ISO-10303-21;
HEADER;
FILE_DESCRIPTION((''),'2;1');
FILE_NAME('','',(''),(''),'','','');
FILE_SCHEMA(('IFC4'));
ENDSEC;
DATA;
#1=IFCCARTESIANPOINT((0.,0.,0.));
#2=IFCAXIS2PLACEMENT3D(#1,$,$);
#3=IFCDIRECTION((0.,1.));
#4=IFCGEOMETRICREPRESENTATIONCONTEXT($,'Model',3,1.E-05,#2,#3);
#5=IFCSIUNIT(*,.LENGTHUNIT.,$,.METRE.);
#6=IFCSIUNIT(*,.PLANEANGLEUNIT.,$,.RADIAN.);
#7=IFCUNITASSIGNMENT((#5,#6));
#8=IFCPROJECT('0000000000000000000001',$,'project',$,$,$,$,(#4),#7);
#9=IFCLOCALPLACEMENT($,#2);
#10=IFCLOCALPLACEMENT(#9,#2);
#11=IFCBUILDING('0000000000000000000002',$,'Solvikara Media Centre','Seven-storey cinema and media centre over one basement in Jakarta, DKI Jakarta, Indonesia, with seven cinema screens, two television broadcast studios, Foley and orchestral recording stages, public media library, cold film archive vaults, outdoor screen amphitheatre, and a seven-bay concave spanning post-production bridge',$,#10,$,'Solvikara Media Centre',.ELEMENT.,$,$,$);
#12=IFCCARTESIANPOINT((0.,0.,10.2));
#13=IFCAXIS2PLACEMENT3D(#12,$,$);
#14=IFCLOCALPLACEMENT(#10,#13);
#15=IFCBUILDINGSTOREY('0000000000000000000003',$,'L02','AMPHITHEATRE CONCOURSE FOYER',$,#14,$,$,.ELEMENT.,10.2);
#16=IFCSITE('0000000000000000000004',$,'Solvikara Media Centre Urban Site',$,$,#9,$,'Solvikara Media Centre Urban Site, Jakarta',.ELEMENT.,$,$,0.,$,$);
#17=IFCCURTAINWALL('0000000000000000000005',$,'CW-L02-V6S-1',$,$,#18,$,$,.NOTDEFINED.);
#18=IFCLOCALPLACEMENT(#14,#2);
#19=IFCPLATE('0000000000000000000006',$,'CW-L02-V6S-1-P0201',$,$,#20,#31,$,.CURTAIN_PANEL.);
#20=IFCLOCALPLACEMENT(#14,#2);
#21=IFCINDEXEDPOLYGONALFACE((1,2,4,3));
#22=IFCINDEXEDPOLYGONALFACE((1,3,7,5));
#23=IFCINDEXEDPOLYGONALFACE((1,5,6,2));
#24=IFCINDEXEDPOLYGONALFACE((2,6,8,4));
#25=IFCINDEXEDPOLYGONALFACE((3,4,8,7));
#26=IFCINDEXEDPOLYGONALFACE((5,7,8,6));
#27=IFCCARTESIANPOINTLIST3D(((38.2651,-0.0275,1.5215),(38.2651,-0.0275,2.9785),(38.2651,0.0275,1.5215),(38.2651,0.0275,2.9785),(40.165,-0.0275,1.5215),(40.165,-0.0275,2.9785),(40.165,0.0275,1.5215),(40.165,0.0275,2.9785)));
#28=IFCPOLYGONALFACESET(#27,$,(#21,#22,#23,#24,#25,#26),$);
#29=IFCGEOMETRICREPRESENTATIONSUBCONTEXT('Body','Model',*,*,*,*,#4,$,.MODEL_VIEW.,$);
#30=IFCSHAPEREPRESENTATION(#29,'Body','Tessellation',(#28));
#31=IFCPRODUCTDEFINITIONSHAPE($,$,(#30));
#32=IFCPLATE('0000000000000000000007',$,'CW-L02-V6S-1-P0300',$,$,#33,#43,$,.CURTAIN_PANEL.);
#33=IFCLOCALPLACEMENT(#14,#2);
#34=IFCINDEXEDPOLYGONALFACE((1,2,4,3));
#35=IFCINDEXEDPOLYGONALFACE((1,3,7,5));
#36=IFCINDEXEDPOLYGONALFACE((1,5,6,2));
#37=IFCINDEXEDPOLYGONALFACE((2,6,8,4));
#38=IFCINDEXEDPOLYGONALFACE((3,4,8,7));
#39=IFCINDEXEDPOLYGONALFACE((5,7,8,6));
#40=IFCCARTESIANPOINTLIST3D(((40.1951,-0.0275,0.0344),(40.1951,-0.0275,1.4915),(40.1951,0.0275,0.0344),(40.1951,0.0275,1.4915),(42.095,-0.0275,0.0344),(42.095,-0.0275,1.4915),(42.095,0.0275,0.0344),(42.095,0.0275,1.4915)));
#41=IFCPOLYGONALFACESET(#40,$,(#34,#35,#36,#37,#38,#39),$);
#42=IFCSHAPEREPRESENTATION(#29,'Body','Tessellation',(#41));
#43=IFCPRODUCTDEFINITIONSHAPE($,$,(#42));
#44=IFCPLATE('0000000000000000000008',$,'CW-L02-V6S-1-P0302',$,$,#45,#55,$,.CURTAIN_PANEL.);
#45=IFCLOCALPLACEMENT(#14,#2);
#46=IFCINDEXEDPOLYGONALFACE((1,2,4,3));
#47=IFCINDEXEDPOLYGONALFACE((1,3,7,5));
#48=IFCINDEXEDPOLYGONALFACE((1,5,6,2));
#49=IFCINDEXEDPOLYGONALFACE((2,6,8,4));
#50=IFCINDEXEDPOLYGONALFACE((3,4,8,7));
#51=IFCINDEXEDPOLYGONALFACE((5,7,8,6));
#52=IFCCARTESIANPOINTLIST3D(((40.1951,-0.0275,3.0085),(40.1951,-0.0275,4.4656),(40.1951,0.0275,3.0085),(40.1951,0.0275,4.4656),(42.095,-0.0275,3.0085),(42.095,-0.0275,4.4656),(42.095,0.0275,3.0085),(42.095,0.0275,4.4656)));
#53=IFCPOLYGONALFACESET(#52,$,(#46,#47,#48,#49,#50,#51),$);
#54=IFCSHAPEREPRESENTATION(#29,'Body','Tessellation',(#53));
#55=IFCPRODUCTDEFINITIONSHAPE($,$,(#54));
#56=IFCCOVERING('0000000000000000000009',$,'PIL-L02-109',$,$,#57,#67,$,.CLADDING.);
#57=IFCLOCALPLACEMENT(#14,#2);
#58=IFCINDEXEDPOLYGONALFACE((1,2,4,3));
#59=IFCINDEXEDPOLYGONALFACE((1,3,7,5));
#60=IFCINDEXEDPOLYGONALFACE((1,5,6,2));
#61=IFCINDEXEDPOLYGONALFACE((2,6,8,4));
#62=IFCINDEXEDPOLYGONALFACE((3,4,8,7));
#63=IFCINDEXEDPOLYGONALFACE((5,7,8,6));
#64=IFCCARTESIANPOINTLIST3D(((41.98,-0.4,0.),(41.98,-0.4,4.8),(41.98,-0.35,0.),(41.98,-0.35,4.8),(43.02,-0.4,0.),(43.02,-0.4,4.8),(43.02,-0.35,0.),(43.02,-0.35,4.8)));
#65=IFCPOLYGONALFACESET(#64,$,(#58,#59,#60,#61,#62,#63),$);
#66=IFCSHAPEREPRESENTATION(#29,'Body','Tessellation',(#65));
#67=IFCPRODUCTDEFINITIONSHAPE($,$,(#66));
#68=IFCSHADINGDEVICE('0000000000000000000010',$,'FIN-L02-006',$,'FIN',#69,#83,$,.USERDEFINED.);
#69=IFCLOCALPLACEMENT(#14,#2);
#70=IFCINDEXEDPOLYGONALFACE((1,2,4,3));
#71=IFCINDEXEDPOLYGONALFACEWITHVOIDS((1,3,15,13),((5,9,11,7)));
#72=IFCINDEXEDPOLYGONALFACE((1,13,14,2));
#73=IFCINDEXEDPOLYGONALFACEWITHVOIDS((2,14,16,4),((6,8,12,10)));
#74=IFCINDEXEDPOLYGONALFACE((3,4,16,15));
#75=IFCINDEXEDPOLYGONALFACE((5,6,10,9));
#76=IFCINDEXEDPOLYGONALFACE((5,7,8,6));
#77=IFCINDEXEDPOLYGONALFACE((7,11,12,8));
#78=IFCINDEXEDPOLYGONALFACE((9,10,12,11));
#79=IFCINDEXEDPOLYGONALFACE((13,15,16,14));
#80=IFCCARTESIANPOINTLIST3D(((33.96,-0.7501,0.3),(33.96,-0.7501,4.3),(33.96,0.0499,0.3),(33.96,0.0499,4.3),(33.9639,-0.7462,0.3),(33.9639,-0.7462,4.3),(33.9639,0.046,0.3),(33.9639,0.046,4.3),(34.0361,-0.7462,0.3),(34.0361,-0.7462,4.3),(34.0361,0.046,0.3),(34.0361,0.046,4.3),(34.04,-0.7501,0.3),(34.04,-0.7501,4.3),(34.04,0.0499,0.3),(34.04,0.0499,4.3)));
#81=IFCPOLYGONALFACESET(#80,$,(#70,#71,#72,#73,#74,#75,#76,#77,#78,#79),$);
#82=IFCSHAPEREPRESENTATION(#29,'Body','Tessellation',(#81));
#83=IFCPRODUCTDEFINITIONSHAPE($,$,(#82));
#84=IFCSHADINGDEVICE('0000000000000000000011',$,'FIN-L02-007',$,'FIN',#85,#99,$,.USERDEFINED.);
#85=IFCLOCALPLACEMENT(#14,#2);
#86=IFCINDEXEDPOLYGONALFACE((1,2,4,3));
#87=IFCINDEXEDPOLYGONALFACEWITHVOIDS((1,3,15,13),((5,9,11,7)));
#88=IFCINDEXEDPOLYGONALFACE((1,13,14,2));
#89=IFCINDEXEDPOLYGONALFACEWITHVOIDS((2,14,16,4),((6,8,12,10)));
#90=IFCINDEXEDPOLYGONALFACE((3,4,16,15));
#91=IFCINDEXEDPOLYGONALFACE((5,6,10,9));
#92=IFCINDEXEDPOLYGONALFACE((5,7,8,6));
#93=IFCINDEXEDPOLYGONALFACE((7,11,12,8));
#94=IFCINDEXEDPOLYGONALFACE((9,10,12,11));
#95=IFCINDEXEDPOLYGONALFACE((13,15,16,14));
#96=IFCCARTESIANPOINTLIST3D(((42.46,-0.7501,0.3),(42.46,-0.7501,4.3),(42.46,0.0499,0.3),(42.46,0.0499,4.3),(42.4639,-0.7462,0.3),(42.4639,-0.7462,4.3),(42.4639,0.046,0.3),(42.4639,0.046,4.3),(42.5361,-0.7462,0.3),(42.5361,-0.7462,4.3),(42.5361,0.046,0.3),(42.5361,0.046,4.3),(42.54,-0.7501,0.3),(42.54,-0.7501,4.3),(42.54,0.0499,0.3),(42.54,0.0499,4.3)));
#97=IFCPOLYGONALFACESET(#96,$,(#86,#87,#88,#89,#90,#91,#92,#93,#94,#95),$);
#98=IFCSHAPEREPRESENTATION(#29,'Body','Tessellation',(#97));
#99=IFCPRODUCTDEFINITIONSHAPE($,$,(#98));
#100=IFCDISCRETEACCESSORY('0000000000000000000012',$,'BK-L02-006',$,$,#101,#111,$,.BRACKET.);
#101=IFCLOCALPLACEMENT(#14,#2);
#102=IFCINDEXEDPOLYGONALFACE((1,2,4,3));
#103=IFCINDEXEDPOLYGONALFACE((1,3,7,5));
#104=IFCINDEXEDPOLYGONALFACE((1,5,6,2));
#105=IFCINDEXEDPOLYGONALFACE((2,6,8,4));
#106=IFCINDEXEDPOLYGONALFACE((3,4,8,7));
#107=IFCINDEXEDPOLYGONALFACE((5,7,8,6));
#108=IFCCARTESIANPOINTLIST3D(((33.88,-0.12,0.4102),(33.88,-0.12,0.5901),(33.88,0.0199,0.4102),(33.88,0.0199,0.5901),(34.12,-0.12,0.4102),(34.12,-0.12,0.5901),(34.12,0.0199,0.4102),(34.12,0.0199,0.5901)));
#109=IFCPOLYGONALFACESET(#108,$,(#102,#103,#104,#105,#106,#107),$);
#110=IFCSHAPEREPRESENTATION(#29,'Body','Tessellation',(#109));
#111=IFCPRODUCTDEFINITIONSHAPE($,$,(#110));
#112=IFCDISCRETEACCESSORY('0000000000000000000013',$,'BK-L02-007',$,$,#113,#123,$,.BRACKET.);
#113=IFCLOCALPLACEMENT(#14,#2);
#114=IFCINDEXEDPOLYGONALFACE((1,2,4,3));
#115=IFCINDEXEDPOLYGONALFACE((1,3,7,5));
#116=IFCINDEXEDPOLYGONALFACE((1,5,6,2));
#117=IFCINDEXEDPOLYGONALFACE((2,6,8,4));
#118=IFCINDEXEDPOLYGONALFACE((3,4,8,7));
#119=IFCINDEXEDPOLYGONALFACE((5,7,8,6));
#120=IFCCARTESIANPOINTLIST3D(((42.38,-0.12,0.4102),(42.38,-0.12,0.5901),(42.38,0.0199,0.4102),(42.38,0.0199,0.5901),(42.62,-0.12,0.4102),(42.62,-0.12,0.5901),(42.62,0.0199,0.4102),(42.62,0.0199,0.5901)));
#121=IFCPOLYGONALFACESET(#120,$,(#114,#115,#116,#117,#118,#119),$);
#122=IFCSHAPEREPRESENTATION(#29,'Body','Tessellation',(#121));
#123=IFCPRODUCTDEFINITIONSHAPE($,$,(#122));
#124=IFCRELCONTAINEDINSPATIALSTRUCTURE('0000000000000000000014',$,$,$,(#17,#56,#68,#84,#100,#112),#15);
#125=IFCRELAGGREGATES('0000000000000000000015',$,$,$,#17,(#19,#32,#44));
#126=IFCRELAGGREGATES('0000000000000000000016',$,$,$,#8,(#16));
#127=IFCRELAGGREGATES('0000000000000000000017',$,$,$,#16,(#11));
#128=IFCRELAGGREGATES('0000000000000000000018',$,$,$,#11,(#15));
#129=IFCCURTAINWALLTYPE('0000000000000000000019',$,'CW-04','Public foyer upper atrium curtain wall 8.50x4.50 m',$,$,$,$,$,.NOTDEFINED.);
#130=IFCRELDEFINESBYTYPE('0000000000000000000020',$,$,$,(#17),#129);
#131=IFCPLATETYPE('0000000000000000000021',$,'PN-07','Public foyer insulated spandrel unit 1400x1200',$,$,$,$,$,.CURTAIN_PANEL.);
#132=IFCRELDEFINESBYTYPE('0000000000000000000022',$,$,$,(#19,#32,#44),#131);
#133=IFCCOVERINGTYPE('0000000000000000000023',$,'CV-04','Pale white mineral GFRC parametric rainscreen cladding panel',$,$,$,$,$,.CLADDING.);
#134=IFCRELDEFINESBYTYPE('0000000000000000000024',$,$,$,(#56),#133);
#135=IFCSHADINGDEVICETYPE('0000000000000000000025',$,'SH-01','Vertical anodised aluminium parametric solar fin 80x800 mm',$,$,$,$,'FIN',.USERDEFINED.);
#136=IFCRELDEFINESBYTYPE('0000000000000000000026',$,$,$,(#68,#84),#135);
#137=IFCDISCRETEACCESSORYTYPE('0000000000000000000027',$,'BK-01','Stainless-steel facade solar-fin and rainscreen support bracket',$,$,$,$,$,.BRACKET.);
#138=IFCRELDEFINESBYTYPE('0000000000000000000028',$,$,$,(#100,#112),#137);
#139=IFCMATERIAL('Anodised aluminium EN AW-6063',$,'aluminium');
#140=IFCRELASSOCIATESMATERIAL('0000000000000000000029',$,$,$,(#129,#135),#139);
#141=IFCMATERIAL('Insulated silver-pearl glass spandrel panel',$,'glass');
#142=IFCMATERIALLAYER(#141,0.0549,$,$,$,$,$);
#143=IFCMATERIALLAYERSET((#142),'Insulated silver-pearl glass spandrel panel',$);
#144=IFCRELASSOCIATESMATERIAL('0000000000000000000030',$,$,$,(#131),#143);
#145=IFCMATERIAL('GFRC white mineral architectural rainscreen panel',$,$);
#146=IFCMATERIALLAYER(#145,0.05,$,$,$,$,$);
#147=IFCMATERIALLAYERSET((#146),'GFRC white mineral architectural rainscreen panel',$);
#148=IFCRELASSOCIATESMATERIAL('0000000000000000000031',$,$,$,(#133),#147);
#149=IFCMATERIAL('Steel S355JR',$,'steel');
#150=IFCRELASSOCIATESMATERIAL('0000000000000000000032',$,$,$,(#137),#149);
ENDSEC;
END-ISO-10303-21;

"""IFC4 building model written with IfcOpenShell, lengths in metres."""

from ifc_helpers import new_model, si_unit, direction, frame, origin, origin_2d, place, context, subcontext, project, spatial, rectangle, hollow_rectangle, extrude, material, layer, layer_set, material_profile, profile_set, type_object, element, aggregate, save


model = new_model("IFC4")

# Units and contexts
model_context = context("Model", 3, precision=1e-05, world=origin(), true_north=direction((0.0, 1.0)))
body_context = subcontext(model_context, "Body", "Model", "MODEL_VIEW")
ifc_project = project(units=[si_unit("LENGTHUNIT", "METRE"), si_unit("PLANEANGLEUNIT", "RADIAN")], contexts=[model_context])

# Site, building, storey
site_placement = place(None, origin())
site = spatial("IfcSite", under=ifc_project, at=site_placement, Name="Solvikara Media Centre Urban Site", LongName="Solvikara Media Centre Urban Site, Jakarta", CompositionType="ELEMENT", RefElevation=0.0)
building_placement = place(site_placement, origin())
building = spatial("IfcBuilding", under=site, at=building_placement, Name="Solvikara Media Centre", Description="Seven-storey cinema and media centre over one basement in Jakarta, DKI Jakarta, Indonesia, with seven cinema screens, two television broadcast studios, Foley and orchestral recording stages, public media library, cold film archive vaults, outdoor screen amphitheatre, and a seven-bay concave spanning post-production bridge", LongName="Solvikara Media Centre", CompositionType="ELEMENT")
storey_placement = place(building_placement, frame((0.0, 0.0, 10.2)))
storey = spatial("IfcBuildingStorey", under=building, at=storey_placement, Name="L02", Description="AMPHITHEATRE CONCOURSE FOYER", CompositionType="ELEMENT", Elevation=10.2)

# Shared definitions
ifc_material_1 = material(Name="Steel S355JR", Category="steel")

# Curtain wall
ifc_material_2 = material(Name="Anodised aluminium EN AW-6063", Category="aluminium")
curtain_wall_type = type_object("IfcCurtainWallType", Name="CW-04", Description="Public foyer upper atrium curtain wall 8.50x4.50 m", PredefinedType="NOTDEFINED", material=ifc_material_2)
curtain_wall_1_placement = place(storey_placement, origin())
curtain_wall_1 = element("IfcCurtainWall", 1, at=curtain_wall_1_placement, inside=storey, type_object=curtain_wall_type, Name="CW-L02-V6S-1", PredefinedType="NOTDEFINED")

# Plates
ifc_material_3 = material(Name="Insulated silver-pearl glass spandrel panel", Category="glass")
ifc_layer_1 = layer(ifc_material_3, 0.0549)
ifc_layer_set_1 = layer_set([ifc_layer_1], Name="Insulated silver-pearl glass spandrel panel")
plate_type_1 = type_object("IfcPlateType", Name="PN-07", Description="Public foyer insulated spandrel unit 1400x1200", PredefinedType="CURTAIN_PANEL", material=ifc_layer_set_1)
plate_1_placement = place(storey_placement, frame((39.2151, 0.0, 1.5215), z_axis=(0.0, 0.0, 1.0), x_axis=(1.0, 0.0, 0.0)))
plate_1 = element("IfcPlate", 2, at=plate_1_placement, type_object=plate_type_1, Name="CW-L02-V6S-1-P0201", PredefinedType="CURTAIN_PANEL", context=body_context, shape_type="SweptSolid", body=[
    extrude(rectangle(XDim=1.8999, YDim=0.0549, at=origin_2d()), origin(), (0.0, 0.0, 1.0), 1.457),
])
plate_2_placement = place(storey_placement, frame((41.145, 0.0, 0.0344), z_axis=(0.0, 0.0, 1.0), x_axis=(1.0, 0.0, 0.0)))
plate_2 = element("IfcPlate", 3, at=plate_2_placement, type_object=plate_type_1, Name="CW-L02-V6S-1-P0300", PredefinedType="CURTAIN_PANEL", context=body_context, shape_type="SweptSolid", body=[
    extrude(rectangle(XDim=1.8999, YDim=0.0549, at=origin_2d()), origin(), (0.0, 0.0, 1.0), 1.457),
])
plate_3_placement = place(storey_placement, frame((41.145, 0.0, 3.0085), z_axis=(0.0, 0.0, 1.0), x_axis=(1.0, 0.0, 0.0)))
plate_3 = element("IfcPlate", 4, at=plate_3_placement, type_object=plate_type_1, Name="CW-L02-V6S-1-P0302", PredefinedType="CURTAIN_PANEL", context=body_context, shape_type="SweptSolid", body=[
    extrude(rectangle(XDim=1.8999, YDim=0.0549, at=origin_2d()), origin(), (0.0, 0.0, 1.0), 1.457),
])
aggregate(curtain_wall_1, [plate_1, plate_2, plate_3])

# Covering
ifc_material_4 = material(Name="GFRC white mineral architectural rainscreen panel")
ifc_layer_2 = layer(ifc_material_4, 0.05)
ifc_layer_set_2 = layer_set([ifc_layer_2], Name="GFRC white mineral architectural rainscreen panel")
covering_type = type_object("IfcCoveringType", Name="CV-04", Description="Pale white mineral GFRC parametric rainscreen cladding panel", PredefinedType="CLADDING", material=ifc_layer_set_2)
covering_placement = place(storey_placement, frame((42.5, -0.375, 0.0), z_axis=(0.0, 0.0, 1.0), x_axis=(1.0, 0.0, 0.0)))
element("IfcCovering", 5, at=covering_placement, inside=storey, type_object=covering_type, Name="PIL-L02-109", PredefinedType="CLADDING", context=body_context, shape_type="SweptSolid", body=[
    extrude(rectangle(XDim=1.04, YDim=0.05, at=origin_2d()), origin(), (0.0, 0.0, 1.0), 4.8),
])

# Shading devices
ifc_material_profile_1 = material_profile(ifc_material_2, hollow_rectangle(XDim=0.0801, YDim=0.8, WallThickness=0.0039, at=origin_2d()), Name="ALU-FIN 80x800x4")
ifc_profile_set_1 = profile_set([ifc_material_profile_1], Name="Anodised aluminium EN AW-6063")
shading_device_type = type_object("IfcShadingDeviceType", Name="SH-01", Description="Vertical anodised aluminium parametric solar fin 80x800 mm", ElementType="FIN", PredefinedType="USERDEFINED", material=ifc_profile_set_1)
for number, where, z_axis, x_axis, name in (
    (6, (34.0, -0.3501, 0.3), (0.0, 0.0, 1.0), (1.0, 0.0, 0.0), "FIN-L02-006"),
    (7, (42.5, -0.3501, 0.3), (0.0, 0.0, 1.0), (1.0, 0.0, 0.0), "FIN-L02-007"),
):
    element("IfcShadingDevice", number, at=place(storey_placement, frame(where, z_axis=z_axis, x_axis=x_axis)), inside=storey, type_object=shading_device_type, Name=name, ObjectType="FIN", PredefinedType="USERDEFINED", context=body_context, shape_type="SweptSolid", body=[
        extrude(hollow_rectangle(XDim=0.0801, YDim=0.8, WallThickness=0.0039, at=origin_2d()), origin(), (0.0, 0.0, 1.0), 4.0),
    ])

# Discrete accessories
discrete_accessory_type = type_object("IfcDiscreteAccessoryType", Name="BK-01", Description="Stainless-steel facade solar-fin and rainscreen support bracket", PredefinedType="BRACKET", material=ifc_material_1)
for number, where, z_axis, x_axis, name in (
    (8, (34.0, -0.05, 0.4102), (0.0, 0.0, 1.0), (1.0, 0.0, 0.0), "BK-L02-006"),
    (9, (42.5, -0.05, 0.4102), (0.0, 0.0, 1.0), (1.0, 0.0, 0.0), "BK-L02-007"),
):
    element("IfcDiscreteAccessory", number, at=place(storey_placement, frame(where, z_axis=z_axis, x_axis=x_axis)), inside=storey, type_object=discrete_accessory_type, Name=name, PredefinedType="BRACKET", context=body_context, shape_type="SweptSolid", body=[
        extrude(rectangle(XDim=0.24, YDim=0.1399, at=origin_2d()), origin(), (0.0, 0.0, 1.0), 0.1799),
    ])

save(model, "model.ifc")
